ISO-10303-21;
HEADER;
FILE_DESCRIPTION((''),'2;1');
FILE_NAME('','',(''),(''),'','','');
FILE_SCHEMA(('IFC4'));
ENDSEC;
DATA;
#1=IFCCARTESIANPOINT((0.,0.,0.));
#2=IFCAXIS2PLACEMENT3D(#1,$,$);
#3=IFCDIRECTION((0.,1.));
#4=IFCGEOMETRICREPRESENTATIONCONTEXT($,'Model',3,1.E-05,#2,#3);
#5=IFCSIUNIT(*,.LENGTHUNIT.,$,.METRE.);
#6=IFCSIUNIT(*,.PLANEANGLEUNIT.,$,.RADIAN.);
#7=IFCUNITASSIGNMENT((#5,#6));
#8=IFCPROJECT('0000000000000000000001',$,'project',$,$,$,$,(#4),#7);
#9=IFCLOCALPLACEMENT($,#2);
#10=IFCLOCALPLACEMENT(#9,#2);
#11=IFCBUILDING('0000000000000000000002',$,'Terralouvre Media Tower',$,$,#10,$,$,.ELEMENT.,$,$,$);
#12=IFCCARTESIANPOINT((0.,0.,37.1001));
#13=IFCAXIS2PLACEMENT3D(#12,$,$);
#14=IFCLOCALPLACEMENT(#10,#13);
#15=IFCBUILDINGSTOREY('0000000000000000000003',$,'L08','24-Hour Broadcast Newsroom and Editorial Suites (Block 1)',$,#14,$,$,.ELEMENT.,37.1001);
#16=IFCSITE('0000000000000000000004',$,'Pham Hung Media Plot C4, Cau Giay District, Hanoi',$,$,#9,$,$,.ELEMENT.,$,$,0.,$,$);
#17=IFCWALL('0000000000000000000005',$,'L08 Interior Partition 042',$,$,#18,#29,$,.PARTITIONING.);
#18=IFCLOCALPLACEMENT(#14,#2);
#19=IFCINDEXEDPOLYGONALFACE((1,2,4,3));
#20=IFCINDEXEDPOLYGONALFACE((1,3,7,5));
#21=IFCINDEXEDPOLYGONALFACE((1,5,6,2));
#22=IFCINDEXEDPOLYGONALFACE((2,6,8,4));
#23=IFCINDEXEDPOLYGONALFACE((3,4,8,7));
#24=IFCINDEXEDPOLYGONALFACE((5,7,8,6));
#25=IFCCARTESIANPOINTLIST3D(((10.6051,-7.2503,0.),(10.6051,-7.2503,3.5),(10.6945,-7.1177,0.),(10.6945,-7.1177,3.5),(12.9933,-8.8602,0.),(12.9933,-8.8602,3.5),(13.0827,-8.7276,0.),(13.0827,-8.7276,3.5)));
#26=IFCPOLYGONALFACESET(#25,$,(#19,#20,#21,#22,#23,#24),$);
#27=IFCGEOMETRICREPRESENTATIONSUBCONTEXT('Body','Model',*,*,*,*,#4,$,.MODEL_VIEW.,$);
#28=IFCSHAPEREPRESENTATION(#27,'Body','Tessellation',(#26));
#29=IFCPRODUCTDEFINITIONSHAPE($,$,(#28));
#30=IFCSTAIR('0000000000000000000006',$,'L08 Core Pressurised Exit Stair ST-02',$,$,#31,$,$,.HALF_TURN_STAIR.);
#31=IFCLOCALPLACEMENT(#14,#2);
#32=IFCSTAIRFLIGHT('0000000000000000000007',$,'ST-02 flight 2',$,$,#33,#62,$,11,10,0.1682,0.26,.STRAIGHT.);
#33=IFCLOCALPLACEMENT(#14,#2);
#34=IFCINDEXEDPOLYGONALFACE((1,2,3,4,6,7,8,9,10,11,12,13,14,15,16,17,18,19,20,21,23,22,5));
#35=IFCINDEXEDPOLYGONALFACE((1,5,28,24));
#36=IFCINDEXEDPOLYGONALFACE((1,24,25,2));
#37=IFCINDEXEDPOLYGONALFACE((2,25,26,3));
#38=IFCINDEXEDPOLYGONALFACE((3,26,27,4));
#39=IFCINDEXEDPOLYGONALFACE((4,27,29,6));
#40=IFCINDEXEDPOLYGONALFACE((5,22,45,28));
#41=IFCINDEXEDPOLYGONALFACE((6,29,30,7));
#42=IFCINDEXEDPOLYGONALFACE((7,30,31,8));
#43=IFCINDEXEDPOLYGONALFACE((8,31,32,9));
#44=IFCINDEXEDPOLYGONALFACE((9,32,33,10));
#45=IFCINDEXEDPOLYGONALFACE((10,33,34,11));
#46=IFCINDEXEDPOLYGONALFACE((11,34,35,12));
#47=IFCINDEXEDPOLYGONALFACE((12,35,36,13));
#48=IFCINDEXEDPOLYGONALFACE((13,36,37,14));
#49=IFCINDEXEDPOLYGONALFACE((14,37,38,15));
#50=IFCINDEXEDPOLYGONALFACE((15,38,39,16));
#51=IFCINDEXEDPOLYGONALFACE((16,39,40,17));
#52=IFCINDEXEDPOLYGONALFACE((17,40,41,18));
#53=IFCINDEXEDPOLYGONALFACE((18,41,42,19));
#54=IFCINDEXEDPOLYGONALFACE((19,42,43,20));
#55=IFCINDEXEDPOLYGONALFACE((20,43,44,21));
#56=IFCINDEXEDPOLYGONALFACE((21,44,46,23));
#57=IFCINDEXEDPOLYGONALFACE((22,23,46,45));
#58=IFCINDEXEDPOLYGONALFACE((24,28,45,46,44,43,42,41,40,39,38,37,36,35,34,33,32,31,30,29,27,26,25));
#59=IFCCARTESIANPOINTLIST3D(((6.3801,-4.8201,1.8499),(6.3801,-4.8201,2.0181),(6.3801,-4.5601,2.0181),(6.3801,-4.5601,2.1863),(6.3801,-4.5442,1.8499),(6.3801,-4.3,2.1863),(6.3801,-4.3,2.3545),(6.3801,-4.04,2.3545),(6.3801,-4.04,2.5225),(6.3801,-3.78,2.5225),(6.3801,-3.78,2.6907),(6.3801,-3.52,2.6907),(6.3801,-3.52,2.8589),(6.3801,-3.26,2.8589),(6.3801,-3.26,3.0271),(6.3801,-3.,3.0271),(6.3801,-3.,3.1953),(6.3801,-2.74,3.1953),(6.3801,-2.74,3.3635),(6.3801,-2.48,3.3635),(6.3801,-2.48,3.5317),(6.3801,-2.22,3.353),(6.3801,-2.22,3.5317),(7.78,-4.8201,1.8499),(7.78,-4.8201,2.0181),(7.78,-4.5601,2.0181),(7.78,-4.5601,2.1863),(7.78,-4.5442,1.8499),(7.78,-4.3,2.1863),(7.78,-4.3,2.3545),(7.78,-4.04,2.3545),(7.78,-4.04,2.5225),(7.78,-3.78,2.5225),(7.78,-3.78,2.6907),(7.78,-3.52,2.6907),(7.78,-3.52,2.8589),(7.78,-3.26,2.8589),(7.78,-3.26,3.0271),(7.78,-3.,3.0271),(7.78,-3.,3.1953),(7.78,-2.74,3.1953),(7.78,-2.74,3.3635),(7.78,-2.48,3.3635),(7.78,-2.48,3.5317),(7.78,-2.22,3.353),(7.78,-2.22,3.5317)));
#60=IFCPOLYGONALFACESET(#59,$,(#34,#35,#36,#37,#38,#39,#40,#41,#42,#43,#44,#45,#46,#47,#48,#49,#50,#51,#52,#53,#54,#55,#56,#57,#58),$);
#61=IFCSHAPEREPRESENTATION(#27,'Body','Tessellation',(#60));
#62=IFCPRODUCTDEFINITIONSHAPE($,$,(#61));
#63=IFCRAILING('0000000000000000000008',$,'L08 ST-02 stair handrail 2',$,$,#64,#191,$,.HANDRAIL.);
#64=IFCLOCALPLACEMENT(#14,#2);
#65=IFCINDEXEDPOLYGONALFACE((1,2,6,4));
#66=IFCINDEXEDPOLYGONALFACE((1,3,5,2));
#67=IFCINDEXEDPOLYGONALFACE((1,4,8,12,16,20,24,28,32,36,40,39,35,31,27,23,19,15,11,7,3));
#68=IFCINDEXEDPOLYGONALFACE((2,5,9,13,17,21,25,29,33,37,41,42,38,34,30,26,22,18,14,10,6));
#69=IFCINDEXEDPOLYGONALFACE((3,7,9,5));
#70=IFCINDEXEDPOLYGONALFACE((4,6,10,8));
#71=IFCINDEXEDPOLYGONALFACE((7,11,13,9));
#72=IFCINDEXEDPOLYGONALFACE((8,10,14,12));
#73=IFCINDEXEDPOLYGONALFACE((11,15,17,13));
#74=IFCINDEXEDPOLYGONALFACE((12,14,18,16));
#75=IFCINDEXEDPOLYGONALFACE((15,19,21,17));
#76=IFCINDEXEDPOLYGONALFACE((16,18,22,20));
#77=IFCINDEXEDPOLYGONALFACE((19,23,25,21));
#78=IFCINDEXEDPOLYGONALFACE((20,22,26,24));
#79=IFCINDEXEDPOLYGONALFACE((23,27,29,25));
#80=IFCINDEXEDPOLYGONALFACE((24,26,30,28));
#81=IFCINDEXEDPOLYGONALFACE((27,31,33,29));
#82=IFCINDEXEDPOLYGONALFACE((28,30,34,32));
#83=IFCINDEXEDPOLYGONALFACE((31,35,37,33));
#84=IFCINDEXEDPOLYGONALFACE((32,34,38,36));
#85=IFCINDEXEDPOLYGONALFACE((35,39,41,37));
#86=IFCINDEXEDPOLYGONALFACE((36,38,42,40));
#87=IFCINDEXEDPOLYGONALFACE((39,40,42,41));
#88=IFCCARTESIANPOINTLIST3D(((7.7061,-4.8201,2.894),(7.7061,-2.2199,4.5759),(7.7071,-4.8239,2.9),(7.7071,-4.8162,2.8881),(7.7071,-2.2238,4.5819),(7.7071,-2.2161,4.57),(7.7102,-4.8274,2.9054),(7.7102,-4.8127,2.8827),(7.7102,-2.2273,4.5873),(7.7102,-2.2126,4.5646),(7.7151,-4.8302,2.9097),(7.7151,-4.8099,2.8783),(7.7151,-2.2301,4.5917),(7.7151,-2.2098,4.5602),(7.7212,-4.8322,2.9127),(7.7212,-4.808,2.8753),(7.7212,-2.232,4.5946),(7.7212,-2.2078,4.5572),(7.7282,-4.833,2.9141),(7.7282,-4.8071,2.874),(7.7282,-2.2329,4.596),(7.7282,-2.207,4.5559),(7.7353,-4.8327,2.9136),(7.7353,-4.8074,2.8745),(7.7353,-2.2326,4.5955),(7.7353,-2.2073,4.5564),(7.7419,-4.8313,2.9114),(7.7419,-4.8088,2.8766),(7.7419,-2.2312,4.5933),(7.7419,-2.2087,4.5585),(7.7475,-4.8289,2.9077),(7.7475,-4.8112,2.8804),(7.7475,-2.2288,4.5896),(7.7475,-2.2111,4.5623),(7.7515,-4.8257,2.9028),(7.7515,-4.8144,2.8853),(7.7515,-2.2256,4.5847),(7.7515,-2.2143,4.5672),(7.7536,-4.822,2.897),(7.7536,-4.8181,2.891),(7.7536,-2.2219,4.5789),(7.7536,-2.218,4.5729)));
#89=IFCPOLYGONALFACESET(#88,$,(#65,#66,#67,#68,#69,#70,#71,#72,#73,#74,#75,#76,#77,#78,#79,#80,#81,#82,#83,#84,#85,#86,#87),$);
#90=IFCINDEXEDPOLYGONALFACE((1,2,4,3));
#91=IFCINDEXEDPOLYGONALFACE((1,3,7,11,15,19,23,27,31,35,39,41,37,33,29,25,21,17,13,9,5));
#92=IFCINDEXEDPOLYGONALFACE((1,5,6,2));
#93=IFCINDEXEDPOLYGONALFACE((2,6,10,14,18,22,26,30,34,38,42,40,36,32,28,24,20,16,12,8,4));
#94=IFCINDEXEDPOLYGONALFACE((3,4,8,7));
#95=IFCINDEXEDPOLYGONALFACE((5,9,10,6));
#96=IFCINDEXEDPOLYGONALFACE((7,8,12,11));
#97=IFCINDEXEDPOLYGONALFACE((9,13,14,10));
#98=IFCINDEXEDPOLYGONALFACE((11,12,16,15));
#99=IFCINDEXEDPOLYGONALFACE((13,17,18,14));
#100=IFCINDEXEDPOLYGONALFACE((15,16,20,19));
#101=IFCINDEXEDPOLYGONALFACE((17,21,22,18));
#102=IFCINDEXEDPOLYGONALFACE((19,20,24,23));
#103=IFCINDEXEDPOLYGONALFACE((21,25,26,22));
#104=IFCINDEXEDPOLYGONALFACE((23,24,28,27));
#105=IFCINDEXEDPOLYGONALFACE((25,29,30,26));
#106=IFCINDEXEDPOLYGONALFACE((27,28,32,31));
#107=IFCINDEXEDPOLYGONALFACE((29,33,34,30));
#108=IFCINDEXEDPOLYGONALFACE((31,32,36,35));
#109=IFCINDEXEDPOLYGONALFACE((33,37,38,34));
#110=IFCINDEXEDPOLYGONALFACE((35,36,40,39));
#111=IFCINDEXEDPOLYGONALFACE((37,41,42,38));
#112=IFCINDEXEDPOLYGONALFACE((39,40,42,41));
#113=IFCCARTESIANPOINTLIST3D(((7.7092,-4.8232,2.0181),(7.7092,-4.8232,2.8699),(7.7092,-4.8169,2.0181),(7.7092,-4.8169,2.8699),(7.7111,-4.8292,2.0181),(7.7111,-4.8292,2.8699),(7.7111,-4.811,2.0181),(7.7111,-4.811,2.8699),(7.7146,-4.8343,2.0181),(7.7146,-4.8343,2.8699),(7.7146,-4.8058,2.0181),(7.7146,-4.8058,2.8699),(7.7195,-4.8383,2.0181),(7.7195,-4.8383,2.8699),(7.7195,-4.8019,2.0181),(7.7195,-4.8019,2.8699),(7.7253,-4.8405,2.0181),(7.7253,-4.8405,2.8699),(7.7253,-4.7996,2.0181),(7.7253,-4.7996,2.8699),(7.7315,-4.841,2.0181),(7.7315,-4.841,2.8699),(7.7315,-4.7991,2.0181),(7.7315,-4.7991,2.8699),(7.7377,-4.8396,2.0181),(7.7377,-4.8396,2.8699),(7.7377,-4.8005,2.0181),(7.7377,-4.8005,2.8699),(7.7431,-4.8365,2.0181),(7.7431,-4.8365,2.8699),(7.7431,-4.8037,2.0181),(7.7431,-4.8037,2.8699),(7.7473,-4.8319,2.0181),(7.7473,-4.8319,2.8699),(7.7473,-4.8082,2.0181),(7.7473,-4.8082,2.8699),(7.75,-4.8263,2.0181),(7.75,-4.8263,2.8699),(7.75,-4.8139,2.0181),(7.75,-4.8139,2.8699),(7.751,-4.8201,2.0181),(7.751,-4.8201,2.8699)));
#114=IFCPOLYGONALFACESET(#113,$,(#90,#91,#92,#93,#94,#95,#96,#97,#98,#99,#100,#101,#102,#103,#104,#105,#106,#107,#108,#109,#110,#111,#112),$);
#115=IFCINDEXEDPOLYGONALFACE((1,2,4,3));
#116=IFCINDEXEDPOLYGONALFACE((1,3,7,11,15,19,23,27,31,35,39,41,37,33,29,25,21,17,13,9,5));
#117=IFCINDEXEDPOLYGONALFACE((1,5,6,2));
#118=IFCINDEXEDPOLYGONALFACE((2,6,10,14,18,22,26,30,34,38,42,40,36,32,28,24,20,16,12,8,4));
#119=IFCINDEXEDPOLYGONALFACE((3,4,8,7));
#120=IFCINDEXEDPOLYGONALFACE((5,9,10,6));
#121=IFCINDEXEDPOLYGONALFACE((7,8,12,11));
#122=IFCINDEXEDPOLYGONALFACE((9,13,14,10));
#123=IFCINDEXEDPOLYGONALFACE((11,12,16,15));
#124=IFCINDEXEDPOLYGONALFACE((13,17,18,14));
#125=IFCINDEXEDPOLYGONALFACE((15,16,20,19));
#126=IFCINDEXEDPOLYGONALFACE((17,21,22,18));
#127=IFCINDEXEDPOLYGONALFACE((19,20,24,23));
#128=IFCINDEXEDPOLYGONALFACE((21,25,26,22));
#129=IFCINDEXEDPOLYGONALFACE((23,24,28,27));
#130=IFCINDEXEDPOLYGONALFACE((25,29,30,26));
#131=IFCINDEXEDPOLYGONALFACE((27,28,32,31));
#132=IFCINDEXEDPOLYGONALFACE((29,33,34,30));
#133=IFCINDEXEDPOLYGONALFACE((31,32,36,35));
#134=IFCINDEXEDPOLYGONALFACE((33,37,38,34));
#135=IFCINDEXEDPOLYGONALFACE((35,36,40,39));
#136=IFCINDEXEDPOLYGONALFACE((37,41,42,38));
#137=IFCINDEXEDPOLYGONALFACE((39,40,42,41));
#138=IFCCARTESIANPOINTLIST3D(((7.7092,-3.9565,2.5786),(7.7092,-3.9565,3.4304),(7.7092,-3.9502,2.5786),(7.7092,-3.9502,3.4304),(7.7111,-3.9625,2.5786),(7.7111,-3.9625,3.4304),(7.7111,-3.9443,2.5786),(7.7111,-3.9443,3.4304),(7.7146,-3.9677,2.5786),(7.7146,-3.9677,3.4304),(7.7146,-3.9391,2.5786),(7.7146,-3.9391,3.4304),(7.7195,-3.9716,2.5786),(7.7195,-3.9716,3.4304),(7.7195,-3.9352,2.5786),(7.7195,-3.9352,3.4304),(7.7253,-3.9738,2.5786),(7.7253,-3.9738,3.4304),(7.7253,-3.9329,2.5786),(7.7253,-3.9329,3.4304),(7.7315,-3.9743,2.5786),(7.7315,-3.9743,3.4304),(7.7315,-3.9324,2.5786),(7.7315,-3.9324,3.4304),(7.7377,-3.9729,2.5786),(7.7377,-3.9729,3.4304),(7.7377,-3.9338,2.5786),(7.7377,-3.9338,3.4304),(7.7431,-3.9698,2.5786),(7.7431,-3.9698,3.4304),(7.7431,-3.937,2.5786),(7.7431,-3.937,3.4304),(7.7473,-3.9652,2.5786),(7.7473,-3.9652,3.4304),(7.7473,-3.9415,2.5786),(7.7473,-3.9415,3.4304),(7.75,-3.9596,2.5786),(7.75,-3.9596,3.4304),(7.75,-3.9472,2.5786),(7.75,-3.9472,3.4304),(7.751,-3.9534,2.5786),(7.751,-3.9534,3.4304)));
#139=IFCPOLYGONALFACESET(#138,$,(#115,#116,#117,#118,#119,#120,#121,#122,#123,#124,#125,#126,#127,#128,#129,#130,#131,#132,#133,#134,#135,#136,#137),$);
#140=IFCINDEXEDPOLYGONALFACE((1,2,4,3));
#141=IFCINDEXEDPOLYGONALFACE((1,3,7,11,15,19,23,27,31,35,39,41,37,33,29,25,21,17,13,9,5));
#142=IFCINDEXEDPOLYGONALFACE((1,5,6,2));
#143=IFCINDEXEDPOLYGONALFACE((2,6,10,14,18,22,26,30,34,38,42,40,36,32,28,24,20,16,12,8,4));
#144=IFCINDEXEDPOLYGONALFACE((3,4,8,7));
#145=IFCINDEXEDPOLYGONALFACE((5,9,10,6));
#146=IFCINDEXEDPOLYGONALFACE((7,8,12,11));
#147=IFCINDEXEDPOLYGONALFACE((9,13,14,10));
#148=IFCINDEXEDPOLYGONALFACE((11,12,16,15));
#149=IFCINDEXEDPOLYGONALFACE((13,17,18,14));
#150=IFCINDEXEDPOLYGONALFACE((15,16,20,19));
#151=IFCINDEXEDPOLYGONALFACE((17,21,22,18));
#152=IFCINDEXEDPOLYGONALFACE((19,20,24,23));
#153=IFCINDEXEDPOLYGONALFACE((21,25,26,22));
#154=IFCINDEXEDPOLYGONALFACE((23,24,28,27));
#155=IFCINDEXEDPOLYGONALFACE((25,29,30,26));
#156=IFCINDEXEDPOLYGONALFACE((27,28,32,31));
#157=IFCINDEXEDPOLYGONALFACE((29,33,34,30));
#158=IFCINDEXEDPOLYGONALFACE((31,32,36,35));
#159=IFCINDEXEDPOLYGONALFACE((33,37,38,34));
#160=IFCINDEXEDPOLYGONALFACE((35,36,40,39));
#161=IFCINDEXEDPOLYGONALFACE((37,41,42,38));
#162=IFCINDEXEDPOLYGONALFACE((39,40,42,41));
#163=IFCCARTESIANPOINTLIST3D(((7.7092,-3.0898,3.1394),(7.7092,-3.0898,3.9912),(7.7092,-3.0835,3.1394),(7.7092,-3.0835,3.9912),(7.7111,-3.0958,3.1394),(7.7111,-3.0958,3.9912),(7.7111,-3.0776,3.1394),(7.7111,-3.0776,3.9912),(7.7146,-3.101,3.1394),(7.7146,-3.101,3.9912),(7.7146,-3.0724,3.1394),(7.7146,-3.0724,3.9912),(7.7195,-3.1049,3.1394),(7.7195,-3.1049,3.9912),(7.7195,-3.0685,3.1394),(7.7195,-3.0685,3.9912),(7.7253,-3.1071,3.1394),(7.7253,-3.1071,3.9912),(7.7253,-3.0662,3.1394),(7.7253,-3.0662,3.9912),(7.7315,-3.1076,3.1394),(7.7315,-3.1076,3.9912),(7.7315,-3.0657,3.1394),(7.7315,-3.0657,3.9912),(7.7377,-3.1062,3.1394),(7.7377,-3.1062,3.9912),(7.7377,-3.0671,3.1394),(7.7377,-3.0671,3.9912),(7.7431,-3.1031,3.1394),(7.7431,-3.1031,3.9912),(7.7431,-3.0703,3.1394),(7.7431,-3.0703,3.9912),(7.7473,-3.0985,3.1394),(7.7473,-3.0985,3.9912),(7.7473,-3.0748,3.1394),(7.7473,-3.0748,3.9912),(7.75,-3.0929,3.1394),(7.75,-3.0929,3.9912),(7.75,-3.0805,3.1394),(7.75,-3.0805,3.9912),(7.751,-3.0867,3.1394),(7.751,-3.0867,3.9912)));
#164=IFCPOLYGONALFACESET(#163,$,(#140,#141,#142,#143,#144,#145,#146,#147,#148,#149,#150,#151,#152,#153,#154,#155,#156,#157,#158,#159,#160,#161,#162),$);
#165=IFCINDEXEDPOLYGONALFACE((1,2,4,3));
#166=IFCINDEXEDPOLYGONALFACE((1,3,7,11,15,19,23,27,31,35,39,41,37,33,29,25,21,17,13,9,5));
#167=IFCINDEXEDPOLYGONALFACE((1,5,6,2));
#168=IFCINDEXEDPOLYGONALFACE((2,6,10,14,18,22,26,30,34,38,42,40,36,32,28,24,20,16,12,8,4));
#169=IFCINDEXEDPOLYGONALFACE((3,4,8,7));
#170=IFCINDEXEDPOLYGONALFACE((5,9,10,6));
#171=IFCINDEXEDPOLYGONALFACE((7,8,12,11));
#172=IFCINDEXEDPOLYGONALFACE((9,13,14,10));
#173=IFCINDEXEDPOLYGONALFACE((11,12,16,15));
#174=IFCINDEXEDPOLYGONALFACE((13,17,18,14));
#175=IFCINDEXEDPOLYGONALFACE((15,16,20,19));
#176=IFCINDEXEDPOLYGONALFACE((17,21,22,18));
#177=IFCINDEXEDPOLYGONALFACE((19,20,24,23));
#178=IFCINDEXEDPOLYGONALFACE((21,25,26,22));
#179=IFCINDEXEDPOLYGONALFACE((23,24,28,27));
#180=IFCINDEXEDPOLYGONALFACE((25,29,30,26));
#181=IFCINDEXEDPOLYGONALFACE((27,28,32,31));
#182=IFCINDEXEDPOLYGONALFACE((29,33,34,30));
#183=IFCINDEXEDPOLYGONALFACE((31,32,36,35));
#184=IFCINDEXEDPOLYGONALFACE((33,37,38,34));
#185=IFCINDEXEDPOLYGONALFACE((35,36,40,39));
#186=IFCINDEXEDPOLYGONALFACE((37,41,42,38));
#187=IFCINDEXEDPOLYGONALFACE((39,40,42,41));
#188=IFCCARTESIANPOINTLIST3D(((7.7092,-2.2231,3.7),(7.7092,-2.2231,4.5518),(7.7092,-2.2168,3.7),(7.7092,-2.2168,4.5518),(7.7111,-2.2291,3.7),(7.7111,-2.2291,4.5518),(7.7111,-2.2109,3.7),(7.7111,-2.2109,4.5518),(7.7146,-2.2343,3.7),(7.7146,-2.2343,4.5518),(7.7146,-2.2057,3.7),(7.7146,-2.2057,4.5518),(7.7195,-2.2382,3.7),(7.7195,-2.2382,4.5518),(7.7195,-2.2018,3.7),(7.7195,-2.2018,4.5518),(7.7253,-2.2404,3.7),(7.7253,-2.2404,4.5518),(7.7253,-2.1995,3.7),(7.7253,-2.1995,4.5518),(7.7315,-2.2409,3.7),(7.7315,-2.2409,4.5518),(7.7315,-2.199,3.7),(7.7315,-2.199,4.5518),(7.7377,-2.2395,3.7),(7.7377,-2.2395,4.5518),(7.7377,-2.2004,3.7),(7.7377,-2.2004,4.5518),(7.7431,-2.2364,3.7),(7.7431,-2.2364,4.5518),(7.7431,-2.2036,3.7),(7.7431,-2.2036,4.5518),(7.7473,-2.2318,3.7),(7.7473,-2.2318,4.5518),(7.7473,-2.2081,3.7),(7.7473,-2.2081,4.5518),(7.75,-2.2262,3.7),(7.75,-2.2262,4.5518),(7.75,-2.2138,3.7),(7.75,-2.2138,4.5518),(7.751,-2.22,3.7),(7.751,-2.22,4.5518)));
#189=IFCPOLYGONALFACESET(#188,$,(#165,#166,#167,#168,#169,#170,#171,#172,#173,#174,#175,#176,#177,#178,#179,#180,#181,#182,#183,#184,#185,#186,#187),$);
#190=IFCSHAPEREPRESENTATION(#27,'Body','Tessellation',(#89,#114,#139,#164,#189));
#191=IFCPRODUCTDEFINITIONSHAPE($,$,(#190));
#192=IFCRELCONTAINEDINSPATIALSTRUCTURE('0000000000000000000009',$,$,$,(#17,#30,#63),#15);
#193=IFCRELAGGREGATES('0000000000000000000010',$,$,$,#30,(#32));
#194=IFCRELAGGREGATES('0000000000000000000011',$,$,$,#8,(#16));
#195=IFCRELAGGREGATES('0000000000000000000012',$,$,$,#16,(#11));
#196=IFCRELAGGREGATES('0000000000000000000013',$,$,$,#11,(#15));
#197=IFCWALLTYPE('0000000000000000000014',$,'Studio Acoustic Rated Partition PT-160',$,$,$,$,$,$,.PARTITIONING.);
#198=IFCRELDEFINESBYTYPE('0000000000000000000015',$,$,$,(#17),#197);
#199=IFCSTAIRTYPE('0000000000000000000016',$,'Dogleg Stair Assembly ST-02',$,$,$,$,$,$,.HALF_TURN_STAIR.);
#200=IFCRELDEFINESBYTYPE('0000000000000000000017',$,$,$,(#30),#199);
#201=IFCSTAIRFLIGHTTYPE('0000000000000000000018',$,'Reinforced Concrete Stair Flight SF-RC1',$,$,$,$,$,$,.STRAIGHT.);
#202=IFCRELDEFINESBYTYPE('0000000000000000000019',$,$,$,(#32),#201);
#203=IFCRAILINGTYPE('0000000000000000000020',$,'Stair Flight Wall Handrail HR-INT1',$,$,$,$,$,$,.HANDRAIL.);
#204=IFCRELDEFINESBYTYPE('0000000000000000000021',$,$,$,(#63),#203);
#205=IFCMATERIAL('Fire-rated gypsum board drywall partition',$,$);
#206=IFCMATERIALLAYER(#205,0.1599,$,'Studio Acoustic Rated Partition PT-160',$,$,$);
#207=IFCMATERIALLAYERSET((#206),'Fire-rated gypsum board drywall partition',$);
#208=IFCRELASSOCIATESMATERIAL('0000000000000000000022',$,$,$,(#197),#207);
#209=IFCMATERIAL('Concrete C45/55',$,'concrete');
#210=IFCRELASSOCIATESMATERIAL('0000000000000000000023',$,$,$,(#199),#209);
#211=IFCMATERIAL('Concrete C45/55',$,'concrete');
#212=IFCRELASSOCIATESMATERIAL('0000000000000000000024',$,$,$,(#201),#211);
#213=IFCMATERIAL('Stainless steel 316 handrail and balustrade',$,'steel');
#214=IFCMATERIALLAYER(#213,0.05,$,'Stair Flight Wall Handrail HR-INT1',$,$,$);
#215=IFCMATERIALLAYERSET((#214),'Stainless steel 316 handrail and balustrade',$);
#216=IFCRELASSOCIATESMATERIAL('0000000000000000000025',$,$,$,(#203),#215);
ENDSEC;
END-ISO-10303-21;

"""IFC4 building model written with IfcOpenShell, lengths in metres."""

from ifc_helpers import new_model, si_unit, direction, frame, frame_2d, origin, origin_2d, place, context, subcontext, project, spatial, polyline, rectangle, circle, outline, extrude, material, layer, layer_set, type_object, element, aggregate, save


model = new_model("IFC4")

# Units and contexts
model_context = context("Model", 3, precision=1e-05, world=origin(), true_north=direction((0.0, 1.0)))
body_context = subcontext(model_context, "Body", "Model", "MODEL_VIEW")
ifc_project = project(units=[si_unit("LENGTHUNIT", "METRE"), si_unit("PLANEANGLEUNIT", "RADIAN")], contexts=[model_context])

# Site, building, storey
site_placement = place(None, origin())
site = spatial("IfcSite", under=ifc_project, at=site_placement, Name="Pham Hung Media Plot C4, Cau Giay District, Hanoi", CompositionType="ELEMENT", RefElevation=0.0)
building_placement = place(site_placement, origin())
building = spatial("IfcBuilding", under=site, at=building_placement, Name="Terralouvre Media Tower", CompositionType="ELEMENT")
storey_placement = place(building_placement, frame((0.0, 0.0, 37.1001)))
storey = spatial("IfcBuildingStorey", under=building, at=storey_placement, Name="L08", Description="24-Hour Broadcast Newsroom and Editorial Suites (Block 1)", CompositionType="ELEMENT", Elevation=37.1001)

# Shared definitions
ifc_material_1 = material(Name="Fire-rated gypsum board drywall partition")
ifc_layer_1 = layer(ifc_material_1, 0.1599, Name="Studio Acoustic Rated Partition PT-160")
ifc_layer_set_1 = layer_set([ifc_layer_1], Name="Fire-rated gypsum board drywall partition")
wall_type_1 = type_object("IfcWallType", Name="Studio Acoustic Rated Partition PT-160", PredefinedType="PARTITIONING", material=ifc_layer_set_1)

# Wall
wall_1_placement = place(storey_placement, frame((10.6499, -7.1841, 0.0), z_axis=(0.0, 0.0, 1.0), x_axis=(0.829196, -0.558957, 0.0)))
element("IfcWall", 1, at=wall_1_placement, inside=storey, type_object=wall_type_1, Name="L08 Interior Partition 042", PredefinedType="PARTITIONING", context=body_context, shape_type="SweptSolid", body=[
    extrude(rectangle(XDim=2.8801, YDim=0.1599, at=frame_2d((1.4399, 0.0))), origin(), (0.0, 0.0, 1.0), 3.5),
])

# Stair, stair flight
ifc_material_2 = material(Name="Concrete C45/55", Category="concrete")
stair_type = type_object("IfcStairType", Name="Dogleg Stair Assembly ST-02", PredefinedType="HALF_TURN_STAIR", material=ifc_material_2)
stair_placement = place(storey_placement, origin())
stair = element("IfcStair", 2, at=stair_placement, inside=storey, type_object=stair_type, Name="L08 Core Pressurised Exit Stair ST-02", PredefinedType="HALF_TURN_STAIR")
ifc_material_3 = material(Name="Concrete C45/55", Category="concrete")
stair_flight_type = type_object("IfcStairFlightType", Name="Reinforced Concrete Stair Flight SF-RC1", PredefinedType="STRAIGHT", material=ifc_material_3)
stair_flight_placement = place(storey_placement, frame((7.0801, -4.8201, 1.8499), z_axis=(0.0, 0.0, 1.0), x_axis=(0.0, 1.0, 0.0)))
stair_flight = element("IfcStairFlight", 3, at=stair_flight_placement, type_object=stair_flight_type, Name="ST-02 flight 2", NumberOfRisers=11, NumberOfTreads=10, PredefinedType="STRAIGHT", RiserHeight=0.1682, TreadLength=0.26, context=body_context, shape_type="SweptSolid", body=[
    extrude(outline(polyline([(0.0, 0.0), (0.0, 0.1682), (0.26, 0.1682), (0.26, 0.3364), (0.52, 0.3364), (0.52, 0.5046), (0.78, 0.5046), (0.78, 0.6726), (1.04, 0.6726), (1.04, 0.8408), (1.3, 0.8408), (1.3, 1.009), (1.5601, 1.009), (1.5601, 1.1772), (1.8201, 1.1772), (1.8201, 1.3455), (2.0801, 1.3455), (2.0801, 1.5137), (2.3401, 1.5137), (2.3401, 1.6819), (2.6001, 1.6819), (2.6001, 1.8501), (2.6001, 1.5032), (0.2759, 0.0), (0.0, 0.0)])), frame((0.0, 0.7, 0.0), z_axis=(0.0, -1.0, 0.0), x_axis=(1.0, 0.0, 0.0)), (0.0, 0.0, 1.0), 1.3999),
])
aggregate(stair, [stair_flight])

# Railing
ifc_material_4 = material(Name="Stainless steel 316 handrail and balustrade", Category="steel")
ifc_layer_2 = layer(ifc_material_4, 0.05, Name="Stair Flight Wall Handrail HR-INT1")
ifc_layer_set_2 = layer_set([ifc_layer_2], Name="Stainless steel 316 handrail and balustrade")
railing_type = type_object("IfcRailingType", Name="Stair Flight Wall Handrail HR-INT1", PredefinedType="HANDRAIL", material=ifc_layer_set_2)
railing_placement = place(storey_placement, frame((7.73, -4.8201, 2.0181)))
element("IfcRailing", 4, at=railing_placement, inside=storey, type_object=railing_type, Name="L08 ST-02 stair handrail 2", PredefinedType="HANDRAIL", context=body_context, shape_type="SweptSolid", body=[
    extrude(circle(Radius=0.0239, at=origin_2d()), frame((0.0, 0.0, 0.876), z_axis=(0.0, 0.839648, 0.54313), x_axis=(-1.0, 0.0, 0.0)), (0.0, 0.0, 1.0), 3.0967),
    extrude(circle(Radius=0.021, at=origin_2d()), origin(), (0.0, 0.0, 1.0), 0.8518),
    extrude(circle(Radius=0.021, at=origin_2d()), frame((0.0, 0.8667, 0.5605)), (0.0, 0.0, 1.0), 0.8518),
    extrude(circle(Radius=0.021, at=origin_2d()), frame((0.0, 1.7334, 1.1213)), (0.0, 0.0, 1.0), 0.8518),
    extrude(circle(Radius=0.021, at=origin_2d()), frame((0.0, 2.6001, 1.6819)), (0.0, 0.0, 1.0), 0.8518),
])

save(model, "model.ifc")
